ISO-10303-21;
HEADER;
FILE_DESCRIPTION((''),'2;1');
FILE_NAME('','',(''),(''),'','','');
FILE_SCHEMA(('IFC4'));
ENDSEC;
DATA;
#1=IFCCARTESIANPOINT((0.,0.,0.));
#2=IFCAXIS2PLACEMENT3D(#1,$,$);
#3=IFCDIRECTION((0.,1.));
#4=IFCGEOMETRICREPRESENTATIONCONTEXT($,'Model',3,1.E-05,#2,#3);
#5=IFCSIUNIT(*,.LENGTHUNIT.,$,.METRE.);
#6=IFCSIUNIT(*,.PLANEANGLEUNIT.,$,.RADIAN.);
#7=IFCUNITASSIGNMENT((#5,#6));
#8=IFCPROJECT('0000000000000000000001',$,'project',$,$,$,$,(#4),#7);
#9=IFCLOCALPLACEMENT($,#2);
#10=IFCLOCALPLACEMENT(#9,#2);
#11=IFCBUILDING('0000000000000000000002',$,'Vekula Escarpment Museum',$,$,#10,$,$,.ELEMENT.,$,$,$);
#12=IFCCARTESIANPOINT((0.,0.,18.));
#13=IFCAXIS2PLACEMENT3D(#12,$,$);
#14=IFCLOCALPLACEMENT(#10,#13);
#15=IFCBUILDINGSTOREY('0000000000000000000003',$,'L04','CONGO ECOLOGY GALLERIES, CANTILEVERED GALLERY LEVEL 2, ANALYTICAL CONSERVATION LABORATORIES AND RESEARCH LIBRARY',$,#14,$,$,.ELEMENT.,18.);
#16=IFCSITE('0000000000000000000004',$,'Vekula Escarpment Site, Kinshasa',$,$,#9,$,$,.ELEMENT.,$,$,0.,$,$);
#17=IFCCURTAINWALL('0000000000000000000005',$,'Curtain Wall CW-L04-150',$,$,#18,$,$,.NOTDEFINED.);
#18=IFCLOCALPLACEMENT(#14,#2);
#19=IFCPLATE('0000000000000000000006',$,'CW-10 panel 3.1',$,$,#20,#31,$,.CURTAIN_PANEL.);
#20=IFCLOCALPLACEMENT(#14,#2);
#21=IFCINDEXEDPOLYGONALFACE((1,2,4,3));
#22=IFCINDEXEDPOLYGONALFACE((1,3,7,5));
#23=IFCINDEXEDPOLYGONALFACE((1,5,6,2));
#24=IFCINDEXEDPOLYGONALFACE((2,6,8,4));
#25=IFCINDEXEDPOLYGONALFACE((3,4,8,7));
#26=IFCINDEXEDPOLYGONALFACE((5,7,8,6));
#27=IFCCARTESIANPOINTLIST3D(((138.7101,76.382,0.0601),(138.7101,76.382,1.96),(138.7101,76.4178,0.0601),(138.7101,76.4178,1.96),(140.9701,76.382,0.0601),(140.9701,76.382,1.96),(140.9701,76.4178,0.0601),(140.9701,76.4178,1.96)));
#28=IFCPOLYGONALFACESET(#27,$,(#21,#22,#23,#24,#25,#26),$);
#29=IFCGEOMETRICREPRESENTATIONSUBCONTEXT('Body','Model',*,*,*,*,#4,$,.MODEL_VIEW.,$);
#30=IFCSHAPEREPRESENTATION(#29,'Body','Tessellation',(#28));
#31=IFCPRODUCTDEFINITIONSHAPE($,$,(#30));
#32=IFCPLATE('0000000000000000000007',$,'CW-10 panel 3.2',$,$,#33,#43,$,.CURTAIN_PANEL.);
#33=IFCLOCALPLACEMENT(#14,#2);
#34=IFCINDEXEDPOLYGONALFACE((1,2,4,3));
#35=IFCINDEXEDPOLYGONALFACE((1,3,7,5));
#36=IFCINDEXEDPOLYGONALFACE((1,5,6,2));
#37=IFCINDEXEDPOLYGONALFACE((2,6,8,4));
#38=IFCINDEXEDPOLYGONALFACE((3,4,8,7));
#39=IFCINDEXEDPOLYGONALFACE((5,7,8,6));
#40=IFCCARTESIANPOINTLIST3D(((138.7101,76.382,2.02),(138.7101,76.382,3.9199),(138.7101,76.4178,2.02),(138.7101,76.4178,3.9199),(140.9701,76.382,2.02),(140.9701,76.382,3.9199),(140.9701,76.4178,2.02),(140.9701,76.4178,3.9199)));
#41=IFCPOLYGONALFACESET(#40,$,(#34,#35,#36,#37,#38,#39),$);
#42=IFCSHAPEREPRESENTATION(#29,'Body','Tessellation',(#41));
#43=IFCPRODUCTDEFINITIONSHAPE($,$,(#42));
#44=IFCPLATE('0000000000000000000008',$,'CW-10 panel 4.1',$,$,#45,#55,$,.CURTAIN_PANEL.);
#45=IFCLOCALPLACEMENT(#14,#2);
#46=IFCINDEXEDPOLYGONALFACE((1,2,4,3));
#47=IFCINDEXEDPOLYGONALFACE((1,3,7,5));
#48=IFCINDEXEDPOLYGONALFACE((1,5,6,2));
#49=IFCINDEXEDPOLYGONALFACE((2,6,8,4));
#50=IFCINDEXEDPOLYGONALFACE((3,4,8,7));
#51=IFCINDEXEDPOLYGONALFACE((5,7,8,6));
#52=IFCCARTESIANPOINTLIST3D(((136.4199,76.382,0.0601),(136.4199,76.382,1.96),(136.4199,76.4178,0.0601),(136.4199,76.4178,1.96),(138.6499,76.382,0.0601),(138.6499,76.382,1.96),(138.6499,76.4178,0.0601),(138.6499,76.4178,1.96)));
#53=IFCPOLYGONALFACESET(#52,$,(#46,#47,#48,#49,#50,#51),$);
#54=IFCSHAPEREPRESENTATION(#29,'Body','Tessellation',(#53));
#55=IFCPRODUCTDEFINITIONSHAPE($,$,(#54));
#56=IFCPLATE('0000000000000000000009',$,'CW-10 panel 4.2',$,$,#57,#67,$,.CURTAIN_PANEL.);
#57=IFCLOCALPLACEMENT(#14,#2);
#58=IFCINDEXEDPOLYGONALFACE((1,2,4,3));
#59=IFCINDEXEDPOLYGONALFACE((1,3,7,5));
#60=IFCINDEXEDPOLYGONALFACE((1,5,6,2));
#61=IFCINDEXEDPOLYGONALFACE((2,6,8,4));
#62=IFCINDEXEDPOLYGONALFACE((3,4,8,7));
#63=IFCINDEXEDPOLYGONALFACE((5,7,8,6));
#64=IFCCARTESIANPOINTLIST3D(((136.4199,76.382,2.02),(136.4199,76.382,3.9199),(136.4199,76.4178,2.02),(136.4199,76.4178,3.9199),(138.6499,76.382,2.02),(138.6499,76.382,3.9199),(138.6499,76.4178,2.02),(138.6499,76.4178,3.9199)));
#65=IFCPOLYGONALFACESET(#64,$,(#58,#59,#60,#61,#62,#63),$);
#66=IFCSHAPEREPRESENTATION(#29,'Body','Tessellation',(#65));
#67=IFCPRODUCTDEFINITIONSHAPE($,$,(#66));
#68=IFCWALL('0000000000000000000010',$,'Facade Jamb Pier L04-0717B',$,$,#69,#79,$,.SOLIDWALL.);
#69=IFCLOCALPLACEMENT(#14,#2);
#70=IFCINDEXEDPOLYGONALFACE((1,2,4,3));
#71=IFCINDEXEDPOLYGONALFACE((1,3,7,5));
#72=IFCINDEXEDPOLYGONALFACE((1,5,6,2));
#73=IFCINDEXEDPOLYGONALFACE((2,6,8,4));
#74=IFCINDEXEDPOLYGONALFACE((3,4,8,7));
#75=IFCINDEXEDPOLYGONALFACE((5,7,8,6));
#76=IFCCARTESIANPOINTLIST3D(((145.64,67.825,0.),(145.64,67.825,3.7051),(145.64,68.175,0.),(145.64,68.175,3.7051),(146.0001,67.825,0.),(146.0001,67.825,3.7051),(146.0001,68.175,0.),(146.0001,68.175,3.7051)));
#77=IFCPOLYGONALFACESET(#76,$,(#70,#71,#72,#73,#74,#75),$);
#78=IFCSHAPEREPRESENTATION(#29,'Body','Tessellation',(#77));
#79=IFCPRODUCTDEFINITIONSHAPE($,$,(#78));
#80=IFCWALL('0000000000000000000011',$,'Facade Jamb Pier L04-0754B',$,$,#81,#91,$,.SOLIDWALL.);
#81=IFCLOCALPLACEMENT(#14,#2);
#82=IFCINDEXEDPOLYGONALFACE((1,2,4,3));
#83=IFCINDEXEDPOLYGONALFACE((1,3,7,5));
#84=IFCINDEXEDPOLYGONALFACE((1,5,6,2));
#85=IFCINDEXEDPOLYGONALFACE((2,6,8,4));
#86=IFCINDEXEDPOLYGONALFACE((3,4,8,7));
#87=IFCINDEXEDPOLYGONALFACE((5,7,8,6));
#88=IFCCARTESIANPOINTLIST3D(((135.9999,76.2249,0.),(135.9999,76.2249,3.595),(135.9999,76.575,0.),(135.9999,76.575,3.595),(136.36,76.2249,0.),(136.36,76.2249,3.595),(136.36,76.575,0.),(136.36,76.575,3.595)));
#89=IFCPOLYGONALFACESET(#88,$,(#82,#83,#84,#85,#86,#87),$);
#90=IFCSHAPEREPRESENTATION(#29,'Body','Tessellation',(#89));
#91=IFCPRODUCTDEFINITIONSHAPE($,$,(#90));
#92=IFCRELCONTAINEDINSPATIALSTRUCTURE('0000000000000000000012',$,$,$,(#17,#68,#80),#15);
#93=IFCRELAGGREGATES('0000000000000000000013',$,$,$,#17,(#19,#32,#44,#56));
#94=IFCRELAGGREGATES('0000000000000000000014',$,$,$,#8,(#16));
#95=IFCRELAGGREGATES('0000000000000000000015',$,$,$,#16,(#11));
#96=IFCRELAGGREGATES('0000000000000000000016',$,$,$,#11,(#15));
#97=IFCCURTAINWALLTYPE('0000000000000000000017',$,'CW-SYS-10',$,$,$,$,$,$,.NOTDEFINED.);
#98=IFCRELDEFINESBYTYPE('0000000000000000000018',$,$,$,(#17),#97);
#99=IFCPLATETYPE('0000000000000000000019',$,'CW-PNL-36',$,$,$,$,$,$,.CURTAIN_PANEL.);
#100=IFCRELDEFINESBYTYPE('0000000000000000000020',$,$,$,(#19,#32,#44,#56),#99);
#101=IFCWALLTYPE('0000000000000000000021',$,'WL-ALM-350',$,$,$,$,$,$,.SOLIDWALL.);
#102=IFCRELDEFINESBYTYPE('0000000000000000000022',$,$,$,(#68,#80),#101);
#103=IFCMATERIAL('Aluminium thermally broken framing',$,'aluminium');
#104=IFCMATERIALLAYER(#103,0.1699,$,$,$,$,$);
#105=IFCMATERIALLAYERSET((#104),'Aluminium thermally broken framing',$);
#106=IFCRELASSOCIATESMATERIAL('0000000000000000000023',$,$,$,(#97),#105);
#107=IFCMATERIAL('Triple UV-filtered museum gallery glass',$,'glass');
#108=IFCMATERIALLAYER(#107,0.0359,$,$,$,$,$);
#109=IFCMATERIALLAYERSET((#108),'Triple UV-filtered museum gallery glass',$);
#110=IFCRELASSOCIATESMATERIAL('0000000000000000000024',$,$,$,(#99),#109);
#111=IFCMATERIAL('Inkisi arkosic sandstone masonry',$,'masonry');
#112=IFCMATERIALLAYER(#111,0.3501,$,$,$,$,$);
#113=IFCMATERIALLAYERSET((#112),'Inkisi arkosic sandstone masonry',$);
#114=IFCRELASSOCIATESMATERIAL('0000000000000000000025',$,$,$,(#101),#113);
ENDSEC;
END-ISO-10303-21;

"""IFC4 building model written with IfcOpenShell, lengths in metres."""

from ifc_helpers import new_model, si_unit, direction, frame, frame_2d, origin, origin_2d, place, context, subcontext, project, spatial, rectangle, extrude, material, layer, layer_set, type_object, element, aggregate, save


model = new_model("IFC4")

# Units and contexts
model_context = context("Model", 3, precision=1e-05, world=origin(), true_north=direction((0.0, 1.0)))
body_context = subcontext(model_context, "Body", "Model", "MODEL_VIEW")
ifc_project = project(units=[si_unit("LENGTHUNIT", "METRE"), si_unit("PLANEANGLEUNIT", "RADIAN")], contexts=[model_context])

# Site, building, storey
site_placement = place(None, origin())
site = spatial("IfcSite", under=ifc_project, at=site_placement, Name="Vekula Escarpment Site, Kinshasa", CompositionType="ELEMENT", RefElevation=0.0)
building_placement = place(site_placement, origin())
building = spatial("IfcBuilding", under=site, at=building_placement, Name="Vekula Escarpment Museum", CompositionType="ELEMENT")
storey_placement = place(building_placement, frame((0.0, 0.0, 18.0)))
storey = spatial("IfcBuildingStorey", under=building, at=storey_placement, Name="L04", Description="CONGO ECOLOGY GALLERIES, CANTILEVERED GALLERY LEVEL 2, ANALYTICAL CONSERVATION LABORATORIES AND RESEARCH LIBRARY", CompositionType="ELEMENT", Elevation=18.0)

# Curtain wall, plates
ifc_material_1 = material(Name="Aluminium thermally broken framing", Category="aluminium")
ifc_layer_1 = layer(ifc_material_1, 0.1699)
ifc_layer_set_1 = layer_set([ifc_layer_1], Name="Aluminium thermally broken framing")
curtain_wall_type = type_object("IfcCurtainWallType", Name="CW-SYS-10", PredefinedType="NOTDEFINED", material=ifc_layer_set_1)
curtain_wall_placement = place(storey_placement, origin())
curtain_wall = element("IfcCurtainWall", 1, at=curtain_wall_placement, inside=storey, type_object=curtain_wall_type, Name="Curtain Wall CW-L04-150", PredefinedType="NOTDEFINED")
ifc_material_2 = material(Name="Triple UV-filtered museum gallery glass", Category="glass")
ifc_layer_2 = layer(ifc_material_2, 0.0359)
ifc_layer_set_2 = layer_set([ifc_layer_2], Name="Triple UV-filtered museum gallery glass")
plate_type = type_object("IfcPlateType", Name="CW-PNL-36", PredefinedType="CURTAIN_PANEL", material=ifc_layer_set_2)
plate_1_placement = place(storey_placement, frame((139.8401, 76.3999, 0.0601), z_axis=(0.0, 0.0, 1.0), x_axis=(-1.0, 0.0, 0.0)))
plate_1 = element("IfcPlate", 2, at=plate_1_placement, type_object=plate_type, Name="CW-10 panel 3.1", PredefinedType="CURTAIN_PANEL", context=body_context, shape_type="SweptSolid", body=[
    extrude(rectangle(XDim=2.26, YDim=0.0359, at=origin_2d()), origin(), (0.0, 0.0, 1.0), 1.8999),
])
plate_2_placement = place(storey_placement, frame((139.8401, 76.3999, 2.02), z_axis=(0.0, 0.0, 1.0), x_axis=(-1.0, 0.0, 0.0)))
plate_2 = element("IfcPlate", 3, at=plate_2_placement, type_object=plate_type, Name="CW-10 panel 3.2", PredefinedType="CURTAIN_PANEL", context=body_context, shape_type="SweptSolid", body=[
    extrude(rectangle(XDim=2.26, YDim=0.0359, at=origin_2d()), origin(), (0.0, 0.0, 1.0), 1.8999),
])
plate_3_placement = place(storey_placement, frame((137.5349, 76.3999, 0.0601), z_axis=(0.0, 0.0, 1.0), x_axis=(-1.0, 0.0, 0.0)))
plate_3 = element("IfcPlate", 4, at=plate_3_placement, type_object=plate_type, Name="CW-10 panel 4.1", PredefinedType="CURTAIN_PANEL", context=body_context, shape_type="SweptSolid", body=[
    extrude(rectangle(XDim=2.23, YDim=0.0359, at=origin_2d()), origin(), (0.0, 0.0, 1.0), 1.8999),
])
plate_4_placement = place(storey_placement, frame((137.5349, 76.3999, 2.02), z_axis=(0.0, 0.0, 1.0), x_axis=(-1.0, 0.0, 0.0)))
plate_4 = element("IfcPlate", 5, at=plate_4_placement, type_object=plate_type, Name="CW-10 panel 4.2", PredefinedType="CURTAIN_PANEL", context=body_context, shape_type="SweptSolid", body=[
    extrude(rectangle(XDim=2.23, YDim=0.0359, at=origin_2d()), origin(), (0.0, 0.0, 1.0), 1.8999),
])
aggregate(curtain_wall, [plate_1, plate_2, plate_3, plate_4])

# Walls
ifc_material_3 = material(Name="Inkisi arkosic sandstone masonry", Category="masonry")
ifc_layer_3 = layer(ifc_material_3, 0.3501)
ifc_layer_set_3 = layer_set([ifc_layer_3], Name="Inkisi arkosic sandstone masonry")
wall_type = type_object("IfcWallType", Name="WL-ALM-350", PredefinedType="SOLIDWALL", material=ifc_layer_set_3)
wall_1_placement = place(storey_placement, frame((145.6399, 68.0, 0.0), z_axis=(0.0, 0.0, 1.0), x_axis=(1.0, 0.0, 0.0)))
element("IfcWall", 6, at=wall_1_placement, inside=storey, type_object=wall_type, Name="Facade Jamb Pier L04-0717B", PredefinedType="SOLIDWALL", context=body_context, shape_type="SweptSolid", body=[
    extrude(rectangle(XDim=0.3601, YDim=0.3501, at=frame_2d((0.1802, 0.0))), origin(), (0.0, 0.0, 1.0), 3.7051),
])
wall_2_placement = place(storey_placement, frame((136.3601, 76.3999, 0.0), z_axis=(0.0, 0.0, 1.0), x_axis=(-1.0, 0.0, 0.0)))
element("IfcWall", 7, at=wall_2_placement, inside=storey, type_object=wall_type, Name="Facade Jamb Pier L04-0754B", PredefinedType="SOLIDWALL", context=body_context, shape_type="SweptSolid", body=[
    extrude(rectangle(XDim=0.3601, YDim=0.3501, at=frame_2d((0.1802, 0.0))), origin(), (0.0, 0.0, 1.0), 3.595),
])

save(model, "model.ifc")
